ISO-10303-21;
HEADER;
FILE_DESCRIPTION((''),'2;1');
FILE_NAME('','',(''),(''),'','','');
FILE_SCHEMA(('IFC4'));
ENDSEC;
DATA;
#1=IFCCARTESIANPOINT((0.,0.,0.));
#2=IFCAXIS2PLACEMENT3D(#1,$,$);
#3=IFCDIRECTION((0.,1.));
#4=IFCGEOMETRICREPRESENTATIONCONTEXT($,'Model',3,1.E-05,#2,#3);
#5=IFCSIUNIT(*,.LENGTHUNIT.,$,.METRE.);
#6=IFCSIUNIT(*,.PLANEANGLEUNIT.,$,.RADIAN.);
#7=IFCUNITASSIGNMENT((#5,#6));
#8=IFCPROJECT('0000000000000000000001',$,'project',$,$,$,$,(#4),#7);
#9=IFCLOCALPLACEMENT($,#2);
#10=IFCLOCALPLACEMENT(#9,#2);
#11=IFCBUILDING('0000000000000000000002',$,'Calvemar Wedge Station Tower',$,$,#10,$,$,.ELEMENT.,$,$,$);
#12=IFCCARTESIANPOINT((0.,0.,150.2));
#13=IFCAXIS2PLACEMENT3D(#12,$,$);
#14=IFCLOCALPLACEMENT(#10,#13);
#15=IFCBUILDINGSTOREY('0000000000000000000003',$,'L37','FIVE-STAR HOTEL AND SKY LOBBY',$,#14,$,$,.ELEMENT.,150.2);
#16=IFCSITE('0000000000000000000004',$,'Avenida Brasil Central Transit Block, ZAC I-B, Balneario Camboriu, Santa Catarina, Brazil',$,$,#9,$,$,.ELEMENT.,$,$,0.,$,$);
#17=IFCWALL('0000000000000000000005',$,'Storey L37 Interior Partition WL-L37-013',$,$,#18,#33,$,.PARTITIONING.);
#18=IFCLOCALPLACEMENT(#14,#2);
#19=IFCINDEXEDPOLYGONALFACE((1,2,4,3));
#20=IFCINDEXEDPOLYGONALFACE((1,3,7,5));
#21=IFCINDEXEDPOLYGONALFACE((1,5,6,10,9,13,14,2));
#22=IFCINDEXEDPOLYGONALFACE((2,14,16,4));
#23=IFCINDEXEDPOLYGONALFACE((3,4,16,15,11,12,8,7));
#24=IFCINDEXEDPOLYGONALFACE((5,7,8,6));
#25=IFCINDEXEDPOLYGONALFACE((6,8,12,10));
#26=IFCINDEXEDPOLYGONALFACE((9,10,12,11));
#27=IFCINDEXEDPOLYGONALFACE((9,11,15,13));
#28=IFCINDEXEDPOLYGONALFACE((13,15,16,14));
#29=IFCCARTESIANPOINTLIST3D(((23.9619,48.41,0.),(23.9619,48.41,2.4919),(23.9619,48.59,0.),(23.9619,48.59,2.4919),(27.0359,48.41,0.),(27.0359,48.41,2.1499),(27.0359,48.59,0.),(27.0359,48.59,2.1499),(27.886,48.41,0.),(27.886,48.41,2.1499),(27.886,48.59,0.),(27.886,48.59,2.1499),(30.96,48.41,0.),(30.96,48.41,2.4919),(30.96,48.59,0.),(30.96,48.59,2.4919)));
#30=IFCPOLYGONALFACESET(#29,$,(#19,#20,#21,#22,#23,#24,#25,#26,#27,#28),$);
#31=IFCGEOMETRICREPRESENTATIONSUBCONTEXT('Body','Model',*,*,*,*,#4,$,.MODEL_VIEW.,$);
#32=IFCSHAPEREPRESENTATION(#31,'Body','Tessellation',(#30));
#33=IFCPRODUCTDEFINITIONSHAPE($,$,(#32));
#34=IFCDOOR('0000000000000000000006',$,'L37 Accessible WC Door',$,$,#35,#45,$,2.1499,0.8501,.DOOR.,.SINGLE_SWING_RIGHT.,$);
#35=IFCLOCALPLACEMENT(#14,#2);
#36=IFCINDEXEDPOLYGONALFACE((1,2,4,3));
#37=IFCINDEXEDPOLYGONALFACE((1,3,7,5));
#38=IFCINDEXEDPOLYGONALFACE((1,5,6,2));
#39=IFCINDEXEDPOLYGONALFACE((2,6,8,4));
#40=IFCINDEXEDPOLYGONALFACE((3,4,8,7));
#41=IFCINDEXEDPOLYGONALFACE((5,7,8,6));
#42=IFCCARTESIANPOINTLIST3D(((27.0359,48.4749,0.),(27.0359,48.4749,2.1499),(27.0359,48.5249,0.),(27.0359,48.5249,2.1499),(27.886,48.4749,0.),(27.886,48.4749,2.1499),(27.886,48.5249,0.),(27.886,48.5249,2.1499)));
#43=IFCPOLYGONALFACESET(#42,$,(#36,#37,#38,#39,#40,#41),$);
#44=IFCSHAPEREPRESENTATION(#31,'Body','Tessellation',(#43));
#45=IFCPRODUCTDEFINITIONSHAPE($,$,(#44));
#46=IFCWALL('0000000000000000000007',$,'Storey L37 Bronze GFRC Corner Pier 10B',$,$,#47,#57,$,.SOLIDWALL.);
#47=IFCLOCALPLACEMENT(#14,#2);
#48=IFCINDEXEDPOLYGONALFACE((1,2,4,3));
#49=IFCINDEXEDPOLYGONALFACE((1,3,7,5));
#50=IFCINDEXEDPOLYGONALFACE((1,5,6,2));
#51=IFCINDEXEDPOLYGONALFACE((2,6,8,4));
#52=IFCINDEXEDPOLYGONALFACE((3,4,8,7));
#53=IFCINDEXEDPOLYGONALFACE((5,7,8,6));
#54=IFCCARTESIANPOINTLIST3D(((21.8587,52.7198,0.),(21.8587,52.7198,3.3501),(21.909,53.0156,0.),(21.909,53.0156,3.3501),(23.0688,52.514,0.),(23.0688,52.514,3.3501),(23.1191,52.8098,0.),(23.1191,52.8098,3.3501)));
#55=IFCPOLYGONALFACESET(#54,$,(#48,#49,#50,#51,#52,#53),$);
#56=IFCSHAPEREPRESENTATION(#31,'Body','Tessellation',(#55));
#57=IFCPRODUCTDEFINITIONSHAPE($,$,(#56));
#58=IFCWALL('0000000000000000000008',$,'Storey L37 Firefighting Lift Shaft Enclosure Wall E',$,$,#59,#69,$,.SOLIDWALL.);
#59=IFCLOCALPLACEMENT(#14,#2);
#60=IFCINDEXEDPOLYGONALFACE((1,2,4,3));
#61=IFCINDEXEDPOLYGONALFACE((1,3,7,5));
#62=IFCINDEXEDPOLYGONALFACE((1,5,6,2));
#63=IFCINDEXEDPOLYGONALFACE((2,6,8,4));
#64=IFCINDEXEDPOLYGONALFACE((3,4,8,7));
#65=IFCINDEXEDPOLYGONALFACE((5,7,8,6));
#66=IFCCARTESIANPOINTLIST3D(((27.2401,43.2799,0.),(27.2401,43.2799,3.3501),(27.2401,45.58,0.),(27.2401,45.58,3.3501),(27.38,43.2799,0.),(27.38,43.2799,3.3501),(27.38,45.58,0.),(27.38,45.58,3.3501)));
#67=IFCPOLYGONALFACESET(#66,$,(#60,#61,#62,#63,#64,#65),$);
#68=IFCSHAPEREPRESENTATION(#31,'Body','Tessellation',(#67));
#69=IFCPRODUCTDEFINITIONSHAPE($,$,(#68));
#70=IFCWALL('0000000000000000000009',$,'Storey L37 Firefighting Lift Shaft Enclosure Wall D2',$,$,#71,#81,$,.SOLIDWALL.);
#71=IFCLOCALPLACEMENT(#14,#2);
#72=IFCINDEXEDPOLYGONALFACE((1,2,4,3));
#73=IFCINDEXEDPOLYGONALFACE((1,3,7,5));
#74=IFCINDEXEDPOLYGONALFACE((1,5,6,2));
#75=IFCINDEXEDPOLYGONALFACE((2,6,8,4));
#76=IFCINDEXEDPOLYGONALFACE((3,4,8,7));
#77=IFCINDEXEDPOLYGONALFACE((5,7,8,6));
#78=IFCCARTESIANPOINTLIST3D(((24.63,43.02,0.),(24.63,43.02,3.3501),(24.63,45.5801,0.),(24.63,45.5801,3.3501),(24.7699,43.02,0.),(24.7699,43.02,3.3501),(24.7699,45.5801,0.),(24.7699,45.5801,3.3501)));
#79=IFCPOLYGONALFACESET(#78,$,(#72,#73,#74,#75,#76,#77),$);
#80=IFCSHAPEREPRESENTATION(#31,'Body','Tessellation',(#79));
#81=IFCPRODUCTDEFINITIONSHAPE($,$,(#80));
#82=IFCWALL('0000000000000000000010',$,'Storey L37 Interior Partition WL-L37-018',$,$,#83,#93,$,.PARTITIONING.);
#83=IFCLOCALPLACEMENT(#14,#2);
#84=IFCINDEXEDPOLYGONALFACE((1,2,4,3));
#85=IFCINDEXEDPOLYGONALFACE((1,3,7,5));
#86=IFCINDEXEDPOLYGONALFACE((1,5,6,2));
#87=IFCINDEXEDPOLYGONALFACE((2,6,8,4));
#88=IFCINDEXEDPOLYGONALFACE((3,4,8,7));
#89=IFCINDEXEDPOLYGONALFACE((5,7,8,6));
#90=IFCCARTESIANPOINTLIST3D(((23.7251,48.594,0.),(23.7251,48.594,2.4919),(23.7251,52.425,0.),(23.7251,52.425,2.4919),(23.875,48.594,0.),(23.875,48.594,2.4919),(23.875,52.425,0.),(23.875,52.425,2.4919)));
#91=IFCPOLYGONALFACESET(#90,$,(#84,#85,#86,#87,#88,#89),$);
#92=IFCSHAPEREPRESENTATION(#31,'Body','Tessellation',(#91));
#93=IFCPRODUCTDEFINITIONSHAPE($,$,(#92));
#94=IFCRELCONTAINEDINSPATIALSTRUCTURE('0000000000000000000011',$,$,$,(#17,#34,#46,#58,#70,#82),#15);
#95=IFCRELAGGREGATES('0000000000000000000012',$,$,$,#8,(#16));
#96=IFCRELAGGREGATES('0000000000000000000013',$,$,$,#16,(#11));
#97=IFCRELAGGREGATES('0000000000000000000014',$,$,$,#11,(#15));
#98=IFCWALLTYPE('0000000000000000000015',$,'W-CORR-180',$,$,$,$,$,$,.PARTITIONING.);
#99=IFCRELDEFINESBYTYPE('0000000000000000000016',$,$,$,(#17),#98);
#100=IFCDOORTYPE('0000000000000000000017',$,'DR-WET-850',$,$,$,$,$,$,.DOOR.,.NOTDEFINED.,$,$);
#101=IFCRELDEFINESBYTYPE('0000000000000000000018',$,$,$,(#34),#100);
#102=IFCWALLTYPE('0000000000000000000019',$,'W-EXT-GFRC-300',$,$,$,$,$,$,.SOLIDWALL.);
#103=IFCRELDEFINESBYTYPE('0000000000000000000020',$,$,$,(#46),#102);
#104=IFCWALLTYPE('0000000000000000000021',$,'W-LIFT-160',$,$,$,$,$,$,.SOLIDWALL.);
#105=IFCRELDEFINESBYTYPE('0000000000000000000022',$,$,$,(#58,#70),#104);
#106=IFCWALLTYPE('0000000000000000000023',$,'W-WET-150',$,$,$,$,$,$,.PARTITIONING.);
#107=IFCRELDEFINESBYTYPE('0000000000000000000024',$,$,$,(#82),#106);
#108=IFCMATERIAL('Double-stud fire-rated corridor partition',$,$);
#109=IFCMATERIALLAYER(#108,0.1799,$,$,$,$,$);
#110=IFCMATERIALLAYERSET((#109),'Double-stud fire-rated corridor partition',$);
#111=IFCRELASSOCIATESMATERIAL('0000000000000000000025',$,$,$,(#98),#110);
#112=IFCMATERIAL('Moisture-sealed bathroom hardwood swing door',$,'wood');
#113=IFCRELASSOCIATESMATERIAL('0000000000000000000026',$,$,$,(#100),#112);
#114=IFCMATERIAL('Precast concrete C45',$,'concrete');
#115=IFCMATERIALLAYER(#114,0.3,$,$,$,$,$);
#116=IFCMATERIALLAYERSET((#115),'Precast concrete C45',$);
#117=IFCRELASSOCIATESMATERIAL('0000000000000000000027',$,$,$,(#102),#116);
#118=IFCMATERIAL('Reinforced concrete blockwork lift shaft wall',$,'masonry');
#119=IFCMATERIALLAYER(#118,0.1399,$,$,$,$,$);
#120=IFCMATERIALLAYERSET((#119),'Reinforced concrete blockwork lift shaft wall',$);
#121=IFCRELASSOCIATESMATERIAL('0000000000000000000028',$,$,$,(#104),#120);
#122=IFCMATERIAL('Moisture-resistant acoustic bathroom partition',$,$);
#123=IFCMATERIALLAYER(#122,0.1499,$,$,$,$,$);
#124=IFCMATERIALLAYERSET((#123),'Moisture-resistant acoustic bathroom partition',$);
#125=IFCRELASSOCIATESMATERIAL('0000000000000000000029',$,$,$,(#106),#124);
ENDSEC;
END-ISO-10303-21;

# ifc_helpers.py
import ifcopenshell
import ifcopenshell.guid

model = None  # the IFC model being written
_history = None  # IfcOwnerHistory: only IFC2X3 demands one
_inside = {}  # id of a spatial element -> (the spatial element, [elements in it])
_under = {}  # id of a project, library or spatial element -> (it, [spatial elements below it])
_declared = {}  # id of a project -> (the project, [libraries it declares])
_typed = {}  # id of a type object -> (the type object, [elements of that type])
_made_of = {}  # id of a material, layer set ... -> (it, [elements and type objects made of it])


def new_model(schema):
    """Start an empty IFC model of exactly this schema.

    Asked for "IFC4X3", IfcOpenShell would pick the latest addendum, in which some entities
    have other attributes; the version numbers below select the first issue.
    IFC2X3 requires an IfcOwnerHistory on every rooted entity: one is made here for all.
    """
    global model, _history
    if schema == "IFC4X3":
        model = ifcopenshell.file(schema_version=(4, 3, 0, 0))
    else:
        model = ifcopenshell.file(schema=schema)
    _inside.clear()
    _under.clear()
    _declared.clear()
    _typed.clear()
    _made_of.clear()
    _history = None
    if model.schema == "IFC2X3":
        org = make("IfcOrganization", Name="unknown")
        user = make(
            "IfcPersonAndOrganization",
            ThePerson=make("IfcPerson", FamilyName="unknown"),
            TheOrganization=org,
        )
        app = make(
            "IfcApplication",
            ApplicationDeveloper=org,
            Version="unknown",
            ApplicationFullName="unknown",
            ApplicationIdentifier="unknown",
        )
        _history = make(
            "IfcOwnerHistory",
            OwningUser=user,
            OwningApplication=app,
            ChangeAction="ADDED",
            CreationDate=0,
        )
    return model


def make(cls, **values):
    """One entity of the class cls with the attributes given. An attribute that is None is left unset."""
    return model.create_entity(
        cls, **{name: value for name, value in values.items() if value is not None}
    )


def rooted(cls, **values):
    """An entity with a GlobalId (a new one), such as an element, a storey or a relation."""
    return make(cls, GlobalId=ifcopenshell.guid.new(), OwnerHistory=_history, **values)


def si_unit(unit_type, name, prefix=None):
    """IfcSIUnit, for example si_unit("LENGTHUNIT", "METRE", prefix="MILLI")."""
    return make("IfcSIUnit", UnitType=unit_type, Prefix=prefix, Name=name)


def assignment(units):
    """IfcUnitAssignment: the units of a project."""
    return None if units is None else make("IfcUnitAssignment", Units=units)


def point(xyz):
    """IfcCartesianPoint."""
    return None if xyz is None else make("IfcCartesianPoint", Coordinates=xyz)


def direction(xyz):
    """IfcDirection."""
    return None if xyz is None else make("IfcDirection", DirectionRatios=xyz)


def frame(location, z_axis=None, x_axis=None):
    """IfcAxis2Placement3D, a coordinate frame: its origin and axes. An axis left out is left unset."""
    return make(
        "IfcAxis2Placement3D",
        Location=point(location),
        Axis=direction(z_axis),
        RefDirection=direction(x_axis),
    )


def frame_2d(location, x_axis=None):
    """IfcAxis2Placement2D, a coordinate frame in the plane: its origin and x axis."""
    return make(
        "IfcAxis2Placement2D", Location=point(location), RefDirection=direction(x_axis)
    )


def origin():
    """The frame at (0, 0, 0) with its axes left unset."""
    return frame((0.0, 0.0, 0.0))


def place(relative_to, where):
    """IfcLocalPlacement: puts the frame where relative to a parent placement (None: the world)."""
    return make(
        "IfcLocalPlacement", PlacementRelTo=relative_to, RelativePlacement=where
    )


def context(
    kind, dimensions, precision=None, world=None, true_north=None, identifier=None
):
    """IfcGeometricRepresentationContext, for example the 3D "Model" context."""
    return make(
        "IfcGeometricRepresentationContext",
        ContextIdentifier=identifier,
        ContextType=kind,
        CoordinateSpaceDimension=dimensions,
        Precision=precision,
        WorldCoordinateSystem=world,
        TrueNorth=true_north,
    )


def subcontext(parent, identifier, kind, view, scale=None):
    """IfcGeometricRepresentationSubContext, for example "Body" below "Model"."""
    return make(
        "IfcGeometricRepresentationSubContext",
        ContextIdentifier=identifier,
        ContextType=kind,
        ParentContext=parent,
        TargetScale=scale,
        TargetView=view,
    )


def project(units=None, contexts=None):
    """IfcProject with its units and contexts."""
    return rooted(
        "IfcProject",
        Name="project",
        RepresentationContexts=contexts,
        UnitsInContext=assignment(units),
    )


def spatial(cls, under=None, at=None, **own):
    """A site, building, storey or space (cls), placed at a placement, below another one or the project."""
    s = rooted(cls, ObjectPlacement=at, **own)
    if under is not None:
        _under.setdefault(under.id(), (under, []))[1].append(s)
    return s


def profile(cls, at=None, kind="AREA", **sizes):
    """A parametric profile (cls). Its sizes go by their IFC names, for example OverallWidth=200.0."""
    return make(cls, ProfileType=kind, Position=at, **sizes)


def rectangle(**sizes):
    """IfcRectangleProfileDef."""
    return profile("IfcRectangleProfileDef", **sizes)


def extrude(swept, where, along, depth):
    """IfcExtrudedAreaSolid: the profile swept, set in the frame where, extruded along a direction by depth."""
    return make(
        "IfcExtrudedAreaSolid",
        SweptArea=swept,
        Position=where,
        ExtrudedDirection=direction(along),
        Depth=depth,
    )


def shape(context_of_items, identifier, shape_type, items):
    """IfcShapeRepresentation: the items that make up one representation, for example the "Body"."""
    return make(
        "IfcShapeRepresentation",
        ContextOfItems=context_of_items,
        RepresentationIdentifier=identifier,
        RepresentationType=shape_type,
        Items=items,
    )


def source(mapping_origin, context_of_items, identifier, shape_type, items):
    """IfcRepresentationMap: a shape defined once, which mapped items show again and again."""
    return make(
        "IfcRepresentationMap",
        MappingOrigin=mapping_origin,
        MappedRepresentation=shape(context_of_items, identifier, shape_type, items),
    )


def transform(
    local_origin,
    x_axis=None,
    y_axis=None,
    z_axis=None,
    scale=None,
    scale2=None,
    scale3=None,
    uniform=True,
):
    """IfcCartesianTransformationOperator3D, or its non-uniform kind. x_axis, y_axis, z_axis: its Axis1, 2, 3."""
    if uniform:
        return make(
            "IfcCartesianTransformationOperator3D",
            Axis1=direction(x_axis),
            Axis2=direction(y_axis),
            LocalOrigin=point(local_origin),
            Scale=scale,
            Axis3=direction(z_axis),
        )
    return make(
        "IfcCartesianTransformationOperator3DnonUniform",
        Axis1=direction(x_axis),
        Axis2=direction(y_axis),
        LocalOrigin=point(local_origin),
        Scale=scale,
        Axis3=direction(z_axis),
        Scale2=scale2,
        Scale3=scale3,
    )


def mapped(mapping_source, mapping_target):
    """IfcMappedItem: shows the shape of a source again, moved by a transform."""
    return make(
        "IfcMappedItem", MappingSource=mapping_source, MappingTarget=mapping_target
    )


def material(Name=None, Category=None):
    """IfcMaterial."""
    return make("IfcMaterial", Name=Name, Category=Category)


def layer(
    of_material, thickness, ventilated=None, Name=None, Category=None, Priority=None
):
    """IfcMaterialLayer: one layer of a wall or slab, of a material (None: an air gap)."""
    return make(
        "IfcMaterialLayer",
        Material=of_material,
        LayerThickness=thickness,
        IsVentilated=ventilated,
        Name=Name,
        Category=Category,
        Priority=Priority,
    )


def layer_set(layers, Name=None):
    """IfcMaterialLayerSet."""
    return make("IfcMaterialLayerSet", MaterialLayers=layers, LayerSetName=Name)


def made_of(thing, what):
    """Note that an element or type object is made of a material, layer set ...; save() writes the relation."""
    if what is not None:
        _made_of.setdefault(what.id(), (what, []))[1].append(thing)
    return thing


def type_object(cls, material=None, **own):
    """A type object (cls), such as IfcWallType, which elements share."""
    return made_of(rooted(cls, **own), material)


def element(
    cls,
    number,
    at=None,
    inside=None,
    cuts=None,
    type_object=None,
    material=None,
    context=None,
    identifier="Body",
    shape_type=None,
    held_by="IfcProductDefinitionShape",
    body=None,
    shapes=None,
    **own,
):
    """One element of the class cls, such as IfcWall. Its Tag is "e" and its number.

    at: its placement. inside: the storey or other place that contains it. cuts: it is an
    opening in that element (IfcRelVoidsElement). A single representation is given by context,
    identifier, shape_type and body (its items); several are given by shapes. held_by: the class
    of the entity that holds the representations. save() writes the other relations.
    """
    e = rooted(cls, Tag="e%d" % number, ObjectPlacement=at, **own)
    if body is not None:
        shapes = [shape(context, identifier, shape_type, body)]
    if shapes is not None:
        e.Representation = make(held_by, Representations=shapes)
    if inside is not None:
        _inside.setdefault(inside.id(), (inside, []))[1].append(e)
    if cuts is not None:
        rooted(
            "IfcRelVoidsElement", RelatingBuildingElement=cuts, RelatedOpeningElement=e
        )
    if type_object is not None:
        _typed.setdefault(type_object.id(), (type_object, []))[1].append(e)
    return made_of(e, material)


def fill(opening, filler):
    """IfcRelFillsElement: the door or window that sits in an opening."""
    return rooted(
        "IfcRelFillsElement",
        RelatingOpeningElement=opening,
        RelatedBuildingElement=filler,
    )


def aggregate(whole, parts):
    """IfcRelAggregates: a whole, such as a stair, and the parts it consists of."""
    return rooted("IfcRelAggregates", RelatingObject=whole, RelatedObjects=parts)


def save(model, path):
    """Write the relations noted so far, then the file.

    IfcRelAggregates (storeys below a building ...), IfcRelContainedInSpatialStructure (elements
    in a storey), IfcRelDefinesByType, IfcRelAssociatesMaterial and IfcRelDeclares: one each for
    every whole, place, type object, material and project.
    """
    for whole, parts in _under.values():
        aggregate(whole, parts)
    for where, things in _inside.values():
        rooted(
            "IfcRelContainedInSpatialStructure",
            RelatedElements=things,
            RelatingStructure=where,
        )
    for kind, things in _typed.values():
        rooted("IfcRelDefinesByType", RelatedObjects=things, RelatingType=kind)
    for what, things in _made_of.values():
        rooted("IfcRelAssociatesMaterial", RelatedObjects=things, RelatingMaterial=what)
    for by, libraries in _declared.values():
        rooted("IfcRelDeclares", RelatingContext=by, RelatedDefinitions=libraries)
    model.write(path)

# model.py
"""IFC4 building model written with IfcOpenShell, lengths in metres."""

from ifc_helpers import new_model, si_unit, direction, frame, frame_2d, origin, place, context, subcontext, project, spatial, rectangle, extrude, source, transform, mapped, material, layer, layer_set, type_object, element, fill, save


model = new_model("IFC4")

# Units and contexts
model_context = context("Model", 3, precision=1e-05, world=origin(), true_north=direction((0.0, 1.0)))
body_context = subcontext(model_context, "Body", "Model", "MODEL_VIEW")
ifc_project = project(units=[si_unit("LENGTHUNIT", "METRE"), si_unit("PLANEANGLEUNIT", "RADIAN")], contexts=[model_context])

# Site, building, storey
site_placement = place(None, origin())
site = spatial("IfcSite", under=ifc_project, at=site_placement, Name="Avenida Brasil Central Transit Block, ZAC I-B, Balneario Camboriu, Santa Catarina, Brazil", CompositionType="ELEMENT", RefElevation=0.0)
building_placement = place(site_placement, origin())
building = spatial("IfcBuilding", under=site, at=building_placement, Name="Calvemar Wedge Station Tower", CompositionType="ELEMENT")
storey_placement = place(building_placement, frame((0.0, 0.0, 150.2)))
storey = spatial("IfcBuildingStorey", under=building, at=storey_placement, Name="L37", Description="FIVE-STAR HOTEL AND SKY LOBBY", CompositionType="ELEMENT", Elevation=150.2)

# Wall, opening, door
ifc_material_1 = material(Name="Double-stud fire-rated corridor partition")
ifc_layer_1 = layer(ifc_material_1, 0.1799)
ifc_layer_set_1 = layer_set([ifc_layer_1], Name="Double-stud fire-rated corridor partition")
wall_type_1 = type_object("IfcWallType", Name="W-CORR-180", PredefinedType="PARTITIONING", material=ifc_layer_set_1)
wall_1_placement = place(storey_placement, frame((23.9619, 48.5, 0.0), z_axis=(0.0, 0.0, 1.0), x_axis=(1.0, 0.0, 0.0)))
wall_1 = element("IfcWall", 1, at=wall_1_placement, inside=storey, type_object=wall_type_1, Name="Storey L37 Interior Partition WL-L37-013", PredefinedType="PARTITIONING", context=body_context, shape_type="SweptSolid", body=[
    extrude(rectangle(XDim=6.998, YDim=0.1799, at=frame_2d((3.499, 0.0))), origin(), (0.0, 0.0, 1.0), 2.4919),
])
shared_shape_1 = source(origin(), body_context, "Body", "SweptSolid", [
    extrude(rectangle(XDim=0.8501, YDim=2.1499, at=frame_2d((0.425, 1.075))), frame((0.0, 0.1001, 0.0), z_axis=(0.0, -1.0, 0.0), x_axis=(1.0, 0.0, 0.0)), (0.0, 0.0, 1.0), 0.2),
])
opening_placement = place(wall_1_placement, frame((3.074, 0.0, 0.0)))
opening = element("IfcOpeningElement", 2, at=opening_placement, cuts=wall_1, PredefinedType="OPENING", context=body_context, shape_type="MappedRepresentation", body=[
    mapped(shared_shape_1, transform((0.0, 0.0, 0.0), scale=1.0)),
])
ifc_material_2 = material(Name="Moisture-sealed bathroom hardwood swing door", Category="wood")
door_type = type_object("IfcDoorType", Name="DR-WET-850", OperationType="NOTDEFINED", PredefinedType="DOOR", material=ifc_material_2)
shared_shape_2 = source(origin(), body_context, "Body", "SweptSolid", [
    extrude(rectangle(XDim=0.8501, YDim=2.1499, at=frame_2d((0.425, 1.075))), frame((0.0, 0.0249, 0.0), z_axis=(0.0, -1.0, 0.0), x_axis=(1.0, 0.0, 0.0)), (0.0, 0.0, 1.0), 0.05),
])
door_placement = place(opening_placement, origin())
door = element("IfcDoor", 3, at=door_placement, inside=storey, type_object=door_type, Name="L37 Accessible WC Door", OperationType="SINGLE_SWING_RIGHT", OverallHeight=2.1499, OverallWidth=0.8501, PredefinedType="DOOR", context=body_context, shape_type="MappedRepresentation", body=[
    mapped(shared_shape_2, transform((0.0, 0.0, 0.0), scale=1.0)),
])
fill(opening, door)

# Walls
ifc_material_3 = material(Name="Precast concrete C45", Category="concrete")
ifc_layer_2 = layer(ifc_material_3, 0.3)
ifc_layer_set_2 = layer_set([ifc_layer_2], Name="Precast concrete C45")
wall_type_2 = type_object("IfcWallType", Name="W-EXT-GFRC-300", PredefinedType="SOLIDWALL", material=ifc_layer_set_2)
wall_2_placement = place(storey_placement, frame((23.094, 52.6619, 0.0), z_axis=(0.0, 0.0, 1.0), x_axis=(-0.985846, 0.167655, 0.0)))
element("IfcWall", 4, at=wall_2_placement, inside=storey, type_object=wall_type_2, Name="Storey L37 Bronze GFRC Corner Pier 10B", PredefinedType="SOLIDWALL", context=body_context, shape_type="SweptSolid", body=[
    extrude(rectangle(XDim=1.2275, YDim=0.3, at=frame_2d((0.6138, 0.0))), origin(), (0.0, 0.0, 1.0), 3.3501),
])
ifc_material_4 = material(Name="Reinforced concrete blockwork lift shaft wall", Category="masonry")
ifc_layer_3 = layer(ifc_material_4, 0.1399)
ifc_layer_set_3 = layer_set([ifc_layer_3], Name="Reinforced concrete blockwork lift shaft wall")
wall_type_3 = type_object("IfcWallType", Name="W-LIFT-160", PredefinedType="SOLIDWALL", material=ifc_layer_set_3)
wall_3_placement = place(storey_placement, frame((27.3101, 43.28, 0.0), z_axis=(0.0, 0.0, 1.0), x_axis=(0.0, 1.0, 0.0)))
element("IfcWall", 5, at=wall_3_placement, inside=storey, type_object=wall_type_3, Name="Storey L37 Firefighting Lift Shaft Enclosure Wall E", PredefinedType="SOLIDWALL", context=body_context, shape_type="SweptSolid", body=[
    extrude(rectangle(XDim=2.3, YDim=0.1399, at=frame_2d((1.1499, 0.0))), origin(), (0.0, 0.0, 1.0), 3.3501),
])
wall_4_placement = place(storey_placement, frame((24.7, 43.02, 0.0), z_axis=(0.0, 0.0, 1.0), x_axis=(0.0, 1.0, 0.0)))
element("IfcWall", 6, at=wall_4_placement, inside=storey, type_object=wall_type_3, Name="Storey L37 Firefighting Lift Shaft Enclosure Wall D2", PredefinedType="SOLIDWALL", context=body_context, shape_type="SweptSolid", body=[
    extrude(rectangle(XDim=2.5601, YDim=0.1399, at=frame_2d((1.28, 0.0))), origin(), (0.0, 0.0, 1.0), 3.3501),
])
ifc_material_5 = material(Name="Moisture-resistant acoustic bathroom partition")
ifc_layer_4 = layer(ifc_material_5, 0.1499)
ifc_layer_set_4 = layer_set([ifc_layer_4], Name="Moisture-resistant acoustic bathroom partition")
wall_type_4 = type_object("IfcWallType", Name="W-WET-150", PredefinedType="PARTITIONING", material=ifc_layer_set_4)
wall_5_placement = place(storey_placement, frame((23.8, 52.425, 0.0), z_axis=(0.0, 0.0, 1.0), x_axis=(0.0, -1.0, 0.0)))
element("IfcWall", 7, at=wall_5_placement, inside=storey, type_object=wall_type_4, Name="Storey L37 Interior Partition WL-L37-018", PredefinedType="PARTITIONING", context=body_context, shape_type="SweptSolid", body=[
    extrude(rectangle(XDim=3.8311, YDim=0.1499, at=frame_2d((1.9155, 0.0))), origin(), (0.0, 0.0, 1.0), 2.4919),
])

save(model, "model.ifc")
